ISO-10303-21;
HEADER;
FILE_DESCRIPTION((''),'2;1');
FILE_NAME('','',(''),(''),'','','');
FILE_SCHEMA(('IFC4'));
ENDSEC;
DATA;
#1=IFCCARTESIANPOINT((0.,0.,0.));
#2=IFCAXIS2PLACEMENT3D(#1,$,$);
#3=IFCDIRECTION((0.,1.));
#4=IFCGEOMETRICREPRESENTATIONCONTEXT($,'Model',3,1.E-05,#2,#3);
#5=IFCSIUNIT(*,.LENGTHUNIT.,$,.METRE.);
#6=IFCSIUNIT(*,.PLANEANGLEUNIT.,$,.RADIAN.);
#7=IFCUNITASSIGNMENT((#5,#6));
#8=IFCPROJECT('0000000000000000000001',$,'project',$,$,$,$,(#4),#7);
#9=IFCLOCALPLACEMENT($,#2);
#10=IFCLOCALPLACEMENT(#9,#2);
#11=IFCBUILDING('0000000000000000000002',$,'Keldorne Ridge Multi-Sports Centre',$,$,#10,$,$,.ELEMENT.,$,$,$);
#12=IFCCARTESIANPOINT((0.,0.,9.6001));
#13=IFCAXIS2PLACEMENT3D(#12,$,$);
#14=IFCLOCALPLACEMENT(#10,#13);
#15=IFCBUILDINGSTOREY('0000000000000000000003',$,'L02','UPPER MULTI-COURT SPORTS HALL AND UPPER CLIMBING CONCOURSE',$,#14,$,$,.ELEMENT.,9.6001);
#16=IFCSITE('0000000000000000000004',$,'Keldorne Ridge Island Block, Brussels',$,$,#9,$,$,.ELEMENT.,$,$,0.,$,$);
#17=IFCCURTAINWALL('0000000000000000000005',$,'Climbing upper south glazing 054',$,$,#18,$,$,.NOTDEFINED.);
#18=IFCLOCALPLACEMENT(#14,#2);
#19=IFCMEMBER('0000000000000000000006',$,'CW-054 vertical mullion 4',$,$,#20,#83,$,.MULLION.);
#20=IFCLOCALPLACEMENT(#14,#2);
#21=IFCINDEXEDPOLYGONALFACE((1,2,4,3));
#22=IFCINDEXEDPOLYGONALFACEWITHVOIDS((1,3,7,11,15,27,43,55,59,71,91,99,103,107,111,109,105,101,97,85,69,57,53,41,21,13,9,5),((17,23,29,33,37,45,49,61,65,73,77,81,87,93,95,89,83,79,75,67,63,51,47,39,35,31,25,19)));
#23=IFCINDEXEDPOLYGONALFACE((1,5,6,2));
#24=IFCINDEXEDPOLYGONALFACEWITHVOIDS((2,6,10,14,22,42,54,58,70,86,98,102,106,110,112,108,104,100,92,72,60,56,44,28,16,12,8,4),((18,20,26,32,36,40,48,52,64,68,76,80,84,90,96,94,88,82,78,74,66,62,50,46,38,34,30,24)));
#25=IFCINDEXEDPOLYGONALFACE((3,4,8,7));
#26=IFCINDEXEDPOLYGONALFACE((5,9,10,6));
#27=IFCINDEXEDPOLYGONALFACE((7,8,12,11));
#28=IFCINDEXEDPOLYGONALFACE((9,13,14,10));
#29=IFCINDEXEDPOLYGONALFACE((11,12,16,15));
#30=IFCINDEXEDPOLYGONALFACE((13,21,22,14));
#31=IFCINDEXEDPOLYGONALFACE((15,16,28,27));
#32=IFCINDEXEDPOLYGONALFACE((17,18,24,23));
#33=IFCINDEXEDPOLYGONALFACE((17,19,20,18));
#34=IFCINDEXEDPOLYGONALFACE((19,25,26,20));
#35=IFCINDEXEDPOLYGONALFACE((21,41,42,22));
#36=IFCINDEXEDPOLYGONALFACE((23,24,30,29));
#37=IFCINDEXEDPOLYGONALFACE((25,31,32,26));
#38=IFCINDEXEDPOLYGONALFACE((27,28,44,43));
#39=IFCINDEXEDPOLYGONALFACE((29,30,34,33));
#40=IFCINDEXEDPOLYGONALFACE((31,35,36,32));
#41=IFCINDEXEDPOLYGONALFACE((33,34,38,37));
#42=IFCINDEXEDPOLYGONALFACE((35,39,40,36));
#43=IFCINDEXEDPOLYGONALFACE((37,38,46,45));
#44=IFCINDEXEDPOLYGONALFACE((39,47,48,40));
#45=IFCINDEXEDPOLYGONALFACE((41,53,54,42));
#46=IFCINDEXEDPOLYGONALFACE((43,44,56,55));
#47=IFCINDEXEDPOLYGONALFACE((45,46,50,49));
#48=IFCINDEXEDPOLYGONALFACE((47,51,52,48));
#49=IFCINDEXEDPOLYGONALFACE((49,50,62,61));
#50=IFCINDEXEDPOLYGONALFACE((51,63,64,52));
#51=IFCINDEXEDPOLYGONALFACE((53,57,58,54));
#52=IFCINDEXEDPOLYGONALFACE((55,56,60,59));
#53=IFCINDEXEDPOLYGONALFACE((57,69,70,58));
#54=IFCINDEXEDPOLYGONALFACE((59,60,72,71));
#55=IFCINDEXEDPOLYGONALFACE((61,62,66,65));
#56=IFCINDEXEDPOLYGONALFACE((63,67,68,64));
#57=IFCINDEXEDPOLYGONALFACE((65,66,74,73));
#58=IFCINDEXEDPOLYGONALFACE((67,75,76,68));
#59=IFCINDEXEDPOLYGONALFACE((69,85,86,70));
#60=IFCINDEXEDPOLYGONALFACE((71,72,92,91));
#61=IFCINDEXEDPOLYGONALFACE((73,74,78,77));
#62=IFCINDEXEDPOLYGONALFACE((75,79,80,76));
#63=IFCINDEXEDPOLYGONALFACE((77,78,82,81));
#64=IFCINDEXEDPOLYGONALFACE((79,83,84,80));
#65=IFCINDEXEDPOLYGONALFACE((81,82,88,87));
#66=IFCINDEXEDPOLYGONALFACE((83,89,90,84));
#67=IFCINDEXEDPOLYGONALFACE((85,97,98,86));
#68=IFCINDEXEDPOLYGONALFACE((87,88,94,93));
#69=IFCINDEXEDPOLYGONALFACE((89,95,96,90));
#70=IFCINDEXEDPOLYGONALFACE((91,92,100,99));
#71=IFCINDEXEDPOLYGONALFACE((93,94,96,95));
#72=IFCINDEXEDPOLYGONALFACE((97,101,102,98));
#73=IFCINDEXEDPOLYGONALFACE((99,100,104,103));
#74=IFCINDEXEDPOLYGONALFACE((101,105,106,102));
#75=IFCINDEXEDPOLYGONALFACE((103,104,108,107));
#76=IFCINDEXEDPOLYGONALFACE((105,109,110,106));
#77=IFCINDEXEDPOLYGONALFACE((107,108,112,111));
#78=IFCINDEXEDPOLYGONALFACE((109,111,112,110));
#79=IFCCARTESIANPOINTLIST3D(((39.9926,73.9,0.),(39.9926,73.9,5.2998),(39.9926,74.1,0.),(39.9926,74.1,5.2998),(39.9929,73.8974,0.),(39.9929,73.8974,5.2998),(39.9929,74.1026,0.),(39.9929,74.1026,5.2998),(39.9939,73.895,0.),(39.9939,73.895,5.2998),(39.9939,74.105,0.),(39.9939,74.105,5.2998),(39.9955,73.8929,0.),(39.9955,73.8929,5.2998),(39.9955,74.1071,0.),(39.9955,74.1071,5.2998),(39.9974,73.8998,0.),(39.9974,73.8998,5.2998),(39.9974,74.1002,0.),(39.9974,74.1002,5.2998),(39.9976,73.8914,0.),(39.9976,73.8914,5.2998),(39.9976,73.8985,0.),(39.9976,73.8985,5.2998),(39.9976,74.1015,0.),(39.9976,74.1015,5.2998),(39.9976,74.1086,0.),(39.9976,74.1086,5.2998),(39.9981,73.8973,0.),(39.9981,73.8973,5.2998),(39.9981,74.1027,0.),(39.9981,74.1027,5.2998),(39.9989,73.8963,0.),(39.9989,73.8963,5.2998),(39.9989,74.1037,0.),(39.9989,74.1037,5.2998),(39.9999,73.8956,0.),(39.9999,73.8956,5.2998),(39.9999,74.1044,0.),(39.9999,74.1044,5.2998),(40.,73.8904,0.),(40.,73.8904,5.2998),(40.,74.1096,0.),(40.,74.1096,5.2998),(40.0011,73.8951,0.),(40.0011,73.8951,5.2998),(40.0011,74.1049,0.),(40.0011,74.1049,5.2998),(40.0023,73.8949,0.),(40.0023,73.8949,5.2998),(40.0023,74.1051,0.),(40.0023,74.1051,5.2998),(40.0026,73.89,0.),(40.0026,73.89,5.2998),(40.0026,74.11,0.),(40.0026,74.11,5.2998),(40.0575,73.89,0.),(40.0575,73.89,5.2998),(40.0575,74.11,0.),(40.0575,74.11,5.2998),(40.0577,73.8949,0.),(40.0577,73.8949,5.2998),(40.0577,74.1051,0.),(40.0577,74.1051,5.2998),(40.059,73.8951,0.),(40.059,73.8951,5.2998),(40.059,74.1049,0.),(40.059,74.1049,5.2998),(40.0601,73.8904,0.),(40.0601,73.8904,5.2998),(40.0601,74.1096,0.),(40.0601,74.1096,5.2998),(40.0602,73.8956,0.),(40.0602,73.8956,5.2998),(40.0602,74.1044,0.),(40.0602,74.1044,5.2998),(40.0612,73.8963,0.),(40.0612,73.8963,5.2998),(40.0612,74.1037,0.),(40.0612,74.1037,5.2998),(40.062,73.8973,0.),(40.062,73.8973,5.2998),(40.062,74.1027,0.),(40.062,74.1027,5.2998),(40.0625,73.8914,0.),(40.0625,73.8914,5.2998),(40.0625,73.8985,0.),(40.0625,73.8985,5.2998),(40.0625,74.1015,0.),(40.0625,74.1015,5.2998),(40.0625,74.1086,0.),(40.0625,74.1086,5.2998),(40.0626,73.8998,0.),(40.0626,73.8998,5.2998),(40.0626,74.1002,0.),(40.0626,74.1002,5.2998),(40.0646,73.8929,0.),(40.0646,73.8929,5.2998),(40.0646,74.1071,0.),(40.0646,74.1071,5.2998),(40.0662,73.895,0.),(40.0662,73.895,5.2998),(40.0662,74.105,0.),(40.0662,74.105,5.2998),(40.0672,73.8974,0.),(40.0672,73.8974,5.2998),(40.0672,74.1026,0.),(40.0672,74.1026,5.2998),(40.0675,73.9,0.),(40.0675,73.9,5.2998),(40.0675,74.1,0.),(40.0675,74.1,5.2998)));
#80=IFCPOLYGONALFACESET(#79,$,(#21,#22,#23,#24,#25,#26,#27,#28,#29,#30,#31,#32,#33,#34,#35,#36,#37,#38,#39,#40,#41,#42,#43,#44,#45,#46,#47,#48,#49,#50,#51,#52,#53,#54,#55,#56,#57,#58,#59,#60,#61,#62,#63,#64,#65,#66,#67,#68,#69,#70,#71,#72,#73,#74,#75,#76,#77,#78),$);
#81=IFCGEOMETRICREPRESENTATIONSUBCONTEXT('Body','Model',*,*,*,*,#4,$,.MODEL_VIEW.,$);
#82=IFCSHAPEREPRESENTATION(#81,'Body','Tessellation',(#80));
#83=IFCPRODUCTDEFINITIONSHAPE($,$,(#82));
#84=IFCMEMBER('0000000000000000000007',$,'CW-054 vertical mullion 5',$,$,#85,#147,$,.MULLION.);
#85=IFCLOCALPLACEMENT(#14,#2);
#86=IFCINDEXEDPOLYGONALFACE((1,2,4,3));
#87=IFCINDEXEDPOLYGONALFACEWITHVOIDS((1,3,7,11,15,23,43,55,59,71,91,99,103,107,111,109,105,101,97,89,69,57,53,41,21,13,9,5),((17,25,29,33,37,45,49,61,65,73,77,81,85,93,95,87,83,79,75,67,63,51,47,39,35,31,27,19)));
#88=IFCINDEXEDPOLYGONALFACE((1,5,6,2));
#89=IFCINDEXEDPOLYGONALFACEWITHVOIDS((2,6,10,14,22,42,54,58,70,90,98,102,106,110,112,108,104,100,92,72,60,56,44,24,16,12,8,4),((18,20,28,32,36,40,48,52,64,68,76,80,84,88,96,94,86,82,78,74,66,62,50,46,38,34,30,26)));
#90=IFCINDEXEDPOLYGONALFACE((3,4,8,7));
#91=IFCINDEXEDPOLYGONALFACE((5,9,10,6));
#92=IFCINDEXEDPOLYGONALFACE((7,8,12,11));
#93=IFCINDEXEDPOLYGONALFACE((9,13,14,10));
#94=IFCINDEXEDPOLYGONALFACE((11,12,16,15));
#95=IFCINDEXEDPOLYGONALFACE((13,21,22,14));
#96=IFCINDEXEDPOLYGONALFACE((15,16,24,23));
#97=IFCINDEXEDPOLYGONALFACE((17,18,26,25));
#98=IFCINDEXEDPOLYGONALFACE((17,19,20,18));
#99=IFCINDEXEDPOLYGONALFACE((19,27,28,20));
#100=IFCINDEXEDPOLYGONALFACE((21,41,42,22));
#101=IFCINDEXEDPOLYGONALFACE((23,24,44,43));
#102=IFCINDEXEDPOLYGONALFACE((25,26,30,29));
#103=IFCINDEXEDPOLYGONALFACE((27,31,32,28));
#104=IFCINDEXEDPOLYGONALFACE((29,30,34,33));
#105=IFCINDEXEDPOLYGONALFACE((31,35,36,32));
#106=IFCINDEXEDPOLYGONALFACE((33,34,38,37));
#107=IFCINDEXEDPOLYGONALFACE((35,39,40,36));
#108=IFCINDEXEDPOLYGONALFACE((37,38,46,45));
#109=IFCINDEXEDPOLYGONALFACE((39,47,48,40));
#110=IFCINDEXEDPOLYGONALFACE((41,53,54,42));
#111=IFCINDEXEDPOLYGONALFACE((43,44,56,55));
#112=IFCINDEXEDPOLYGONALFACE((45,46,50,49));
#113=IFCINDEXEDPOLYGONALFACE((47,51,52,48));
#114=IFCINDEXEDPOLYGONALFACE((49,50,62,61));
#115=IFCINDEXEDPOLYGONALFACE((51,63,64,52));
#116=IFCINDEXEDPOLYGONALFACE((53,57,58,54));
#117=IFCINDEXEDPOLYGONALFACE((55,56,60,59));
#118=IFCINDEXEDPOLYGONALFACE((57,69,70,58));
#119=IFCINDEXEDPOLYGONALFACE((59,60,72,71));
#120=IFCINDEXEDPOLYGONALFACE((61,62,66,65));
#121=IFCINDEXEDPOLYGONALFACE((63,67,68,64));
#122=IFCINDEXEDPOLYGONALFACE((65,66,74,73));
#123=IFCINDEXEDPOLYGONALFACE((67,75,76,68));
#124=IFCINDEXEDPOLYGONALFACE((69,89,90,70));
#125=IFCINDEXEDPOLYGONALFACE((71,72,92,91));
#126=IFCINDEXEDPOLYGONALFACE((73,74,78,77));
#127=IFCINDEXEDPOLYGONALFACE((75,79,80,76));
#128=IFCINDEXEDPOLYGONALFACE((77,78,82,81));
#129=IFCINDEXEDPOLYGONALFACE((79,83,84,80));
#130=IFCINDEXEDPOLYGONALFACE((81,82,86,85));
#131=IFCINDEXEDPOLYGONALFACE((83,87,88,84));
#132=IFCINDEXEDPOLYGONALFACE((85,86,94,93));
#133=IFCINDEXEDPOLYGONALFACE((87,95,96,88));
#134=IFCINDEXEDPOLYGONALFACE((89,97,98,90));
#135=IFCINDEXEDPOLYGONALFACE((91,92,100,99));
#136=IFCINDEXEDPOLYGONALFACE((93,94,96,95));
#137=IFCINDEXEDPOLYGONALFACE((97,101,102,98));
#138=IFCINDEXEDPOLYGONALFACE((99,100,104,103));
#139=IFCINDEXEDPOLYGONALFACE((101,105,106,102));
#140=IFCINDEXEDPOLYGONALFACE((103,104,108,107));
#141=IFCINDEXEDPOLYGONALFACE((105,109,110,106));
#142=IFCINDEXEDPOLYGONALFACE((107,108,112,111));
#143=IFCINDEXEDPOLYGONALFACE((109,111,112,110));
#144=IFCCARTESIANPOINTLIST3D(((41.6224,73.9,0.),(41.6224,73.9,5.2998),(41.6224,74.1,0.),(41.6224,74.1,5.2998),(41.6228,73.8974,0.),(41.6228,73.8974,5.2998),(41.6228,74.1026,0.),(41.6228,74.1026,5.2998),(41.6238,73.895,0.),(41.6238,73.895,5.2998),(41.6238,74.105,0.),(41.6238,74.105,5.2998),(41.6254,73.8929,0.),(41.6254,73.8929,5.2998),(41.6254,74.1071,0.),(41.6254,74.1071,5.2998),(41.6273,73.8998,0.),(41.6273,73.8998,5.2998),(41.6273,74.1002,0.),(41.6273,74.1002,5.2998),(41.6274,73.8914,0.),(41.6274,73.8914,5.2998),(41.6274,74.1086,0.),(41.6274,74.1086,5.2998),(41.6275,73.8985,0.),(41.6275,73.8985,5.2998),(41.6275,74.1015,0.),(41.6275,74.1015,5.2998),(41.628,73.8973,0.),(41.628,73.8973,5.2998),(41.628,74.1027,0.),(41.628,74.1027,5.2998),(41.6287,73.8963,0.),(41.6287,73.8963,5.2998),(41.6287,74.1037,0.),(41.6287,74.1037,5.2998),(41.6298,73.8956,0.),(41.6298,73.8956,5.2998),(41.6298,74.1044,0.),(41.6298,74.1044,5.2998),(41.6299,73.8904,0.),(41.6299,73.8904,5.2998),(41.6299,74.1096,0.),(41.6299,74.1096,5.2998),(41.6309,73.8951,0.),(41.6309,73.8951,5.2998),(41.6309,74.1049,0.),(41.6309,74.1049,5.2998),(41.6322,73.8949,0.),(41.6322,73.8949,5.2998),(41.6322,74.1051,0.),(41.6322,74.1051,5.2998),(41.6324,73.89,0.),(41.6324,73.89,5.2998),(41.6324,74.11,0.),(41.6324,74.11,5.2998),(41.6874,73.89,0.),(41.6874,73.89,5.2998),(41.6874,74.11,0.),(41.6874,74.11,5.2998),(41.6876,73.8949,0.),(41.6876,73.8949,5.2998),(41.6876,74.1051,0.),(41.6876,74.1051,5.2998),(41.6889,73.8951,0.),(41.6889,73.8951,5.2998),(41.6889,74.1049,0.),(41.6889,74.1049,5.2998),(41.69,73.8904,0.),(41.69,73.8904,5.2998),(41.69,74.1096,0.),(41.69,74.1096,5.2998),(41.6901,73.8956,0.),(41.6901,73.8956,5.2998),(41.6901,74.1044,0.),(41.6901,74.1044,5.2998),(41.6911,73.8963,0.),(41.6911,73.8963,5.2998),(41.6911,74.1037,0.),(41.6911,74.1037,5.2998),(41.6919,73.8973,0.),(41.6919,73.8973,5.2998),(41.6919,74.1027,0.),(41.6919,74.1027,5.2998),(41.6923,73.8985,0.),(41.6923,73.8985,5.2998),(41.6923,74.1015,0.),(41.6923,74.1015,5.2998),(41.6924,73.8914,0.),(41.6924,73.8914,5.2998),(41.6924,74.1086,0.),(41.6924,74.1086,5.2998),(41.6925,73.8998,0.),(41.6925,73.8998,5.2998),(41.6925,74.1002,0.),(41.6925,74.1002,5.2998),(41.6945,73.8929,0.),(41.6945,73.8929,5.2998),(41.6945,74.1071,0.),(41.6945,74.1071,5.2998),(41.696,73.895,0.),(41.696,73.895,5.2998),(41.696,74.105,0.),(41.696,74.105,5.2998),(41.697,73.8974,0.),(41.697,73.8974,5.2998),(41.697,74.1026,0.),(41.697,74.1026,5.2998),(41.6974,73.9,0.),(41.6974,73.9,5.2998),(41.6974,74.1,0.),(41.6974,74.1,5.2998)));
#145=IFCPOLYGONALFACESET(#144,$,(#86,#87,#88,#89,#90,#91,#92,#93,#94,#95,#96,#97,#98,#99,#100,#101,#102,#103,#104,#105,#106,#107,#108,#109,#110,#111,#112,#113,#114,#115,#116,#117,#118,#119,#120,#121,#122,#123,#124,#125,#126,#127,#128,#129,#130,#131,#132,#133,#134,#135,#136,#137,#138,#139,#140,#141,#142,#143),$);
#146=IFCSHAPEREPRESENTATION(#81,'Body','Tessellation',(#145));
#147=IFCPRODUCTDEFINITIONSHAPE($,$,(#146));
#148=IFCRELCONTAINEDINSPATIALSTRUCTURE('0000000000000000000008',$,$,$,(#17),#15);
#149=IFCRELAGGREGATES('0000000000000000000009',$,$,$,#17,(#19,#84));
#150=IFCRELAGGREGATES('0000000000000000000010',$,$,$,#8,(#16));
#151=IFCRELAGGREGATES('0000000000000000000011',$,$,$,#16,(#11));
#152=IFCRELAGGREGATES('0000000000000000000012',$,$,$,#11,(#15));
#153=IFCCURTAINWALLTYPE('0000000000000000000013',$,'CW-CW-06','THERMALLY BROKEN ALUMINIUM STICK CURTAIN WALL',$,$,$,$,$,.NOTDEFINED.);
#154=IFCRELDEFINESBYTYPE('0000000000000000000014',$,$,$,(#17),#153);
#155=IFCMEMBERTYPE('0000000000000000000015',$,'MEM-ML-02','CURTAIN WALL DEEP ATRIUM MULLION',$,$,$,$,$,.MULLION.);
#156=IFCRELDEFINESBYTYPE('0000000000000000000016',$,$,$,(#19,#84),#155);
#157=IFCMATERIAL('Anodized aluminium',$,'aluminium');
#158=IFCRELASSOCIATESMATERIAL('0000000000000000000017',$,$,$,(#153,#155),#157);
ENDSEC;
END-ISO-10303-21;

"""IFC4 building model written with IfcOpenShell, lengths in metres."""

from ifc_helpers import new_model, si_unit, direction, frame, origin, origin_2d, place, context, subcontext, project, spatial, hollow_rectangle, extrude, material, material_profile, profile_set, type_object, element, aggregate, save


model = new_model("IFC4")

# Units and contexts
model_context = context("Model", 3, precision=1e-05, world=origin(), true_north=direction((0.0, 1.0)))
body_context = subcontext(model_context, "Body", "Model", "MODEL_VIEW")
ifc_project = project(units=[si_unit("LENGTHUNIT", "METRE"), si_unit("PLANEANGLEUNIT", "RADIAN")], contexts=[model_context])

# Site, building, storey
site_placement = place(None, origin())
site = spatial("IfcSite", under=ifc_project, at=site_placement, Name="Keldorne Ridge Island Block, Brussels", CompositionType="ELEMENT", RefElevation=0.0)
building_placement = place(site_placement, origin())
building = spatial("IfcBuilding", under=site, at=building_placement, Name="Keldorne Ridge Multi-Sports Centre", CompositionType="ELEMENT")
storey_placement = place(building_placement, frame((0.0, 0.0, 9.6001)))
storey = spatial("IfcBuildingStorey", under=building, at=storey_placement, Name="L02", Description="UPPER MULTI-COURT SPORTS HALL AND UPPER CLIMBING CONCOURSE", CompositionType="ELEMENT", Elevation=9.6001)

# Shared definitions
ifc_material_1 = material(Name="Anodized aluminium", Category="aluminium")

# Curtain wall, members
curtain_wall_type_1 = type_object("IfcCurtainWallType", Name="CW-CW-06", Description="THERMALLY BROKEN ALUMINIUM STICK CURTAIN WALL", PredefinedType="NOTDEFINED", material=ifc_material_1)
curtain_wall_1_placement = place(storey_placement, origin())
curtain_wall_1 = element("IfcCurtainWall", 1, at=curtain_wall_1_placement, inside=storey, type_object=curtain_wall_type_1, Name="Climbing upper south glazing 054", PredefinedType="NOTDEFINED")
ifc_material_profile_1 = material_profile(ifc_material_1, hollow_rectangle(XDim=0.075, YDim=0.22, WallThickness=0.0049, InnerFilletRadius=0.0049, OuterFilletRadius=0.01, at=origin_2d()), Name="ALU MULLION 220x75x5")
ifc_profile_set_1 = profile_set([ifc_material_profile_1], Name="Anodized aluminium")
member_type_1 = type_object("IfcMemberType", Name="MEM-ML-02", Description="CURTAIN WALL DEEP ATRIUM MULLION", PredefinedType="MULLION", material=ifc_profile_set_1)
member_1_placement = place(storey_placement, frame((40.03, 74.0, 0.0), z_axis=(0.0, 0.0, 1.0), x_axis=(1.0, 0.0, 0.0)))
member_1 = element("IfcMember", 2, at=member_1_placement, type_object=member_type_1, Name="CW-054 vertical mullion 4", PredefinedType="MULLION", context=body_context, shape_type="SweptSolid", body=[
    extrude(hollow_rectangle(XDim=0.075, YDim=0.22, WallThickness=0.0049, InnerFilletRadius=0.0049, OuterFilletRadius=0.01, at=origin_2d()), origin(), (0.0, 0.0, 1.0), 5.2998),
])
member_2_placement = place(storey_placement, frame((41.6599, 74.0, 0.0), z_axis=(0.0, 0.0, 1.0), x_axis=(1.0, 0.0, 0.0)))
member_2 = element("IfcMember", 3, at=member_2_placement, type_object=member_type_1, Name="CW-054 vertical mullion 5", PredefinedType="MULLION", context=body_context, shape_type="SweptSolid", body=[
    extrude(hollow_rectangle(XDim=0.075, YDim=0.22, WallThickness=0.0049, InnerFilletRadius=0.0049, OuterFilletRadius=0.01, at=origin_2d()), origin(), (0.0, 0.0, 1.0), 5.2998),
])

aggregate(curtain_wall_1, [member_1, member_2])

save(model, "model.ifc")
